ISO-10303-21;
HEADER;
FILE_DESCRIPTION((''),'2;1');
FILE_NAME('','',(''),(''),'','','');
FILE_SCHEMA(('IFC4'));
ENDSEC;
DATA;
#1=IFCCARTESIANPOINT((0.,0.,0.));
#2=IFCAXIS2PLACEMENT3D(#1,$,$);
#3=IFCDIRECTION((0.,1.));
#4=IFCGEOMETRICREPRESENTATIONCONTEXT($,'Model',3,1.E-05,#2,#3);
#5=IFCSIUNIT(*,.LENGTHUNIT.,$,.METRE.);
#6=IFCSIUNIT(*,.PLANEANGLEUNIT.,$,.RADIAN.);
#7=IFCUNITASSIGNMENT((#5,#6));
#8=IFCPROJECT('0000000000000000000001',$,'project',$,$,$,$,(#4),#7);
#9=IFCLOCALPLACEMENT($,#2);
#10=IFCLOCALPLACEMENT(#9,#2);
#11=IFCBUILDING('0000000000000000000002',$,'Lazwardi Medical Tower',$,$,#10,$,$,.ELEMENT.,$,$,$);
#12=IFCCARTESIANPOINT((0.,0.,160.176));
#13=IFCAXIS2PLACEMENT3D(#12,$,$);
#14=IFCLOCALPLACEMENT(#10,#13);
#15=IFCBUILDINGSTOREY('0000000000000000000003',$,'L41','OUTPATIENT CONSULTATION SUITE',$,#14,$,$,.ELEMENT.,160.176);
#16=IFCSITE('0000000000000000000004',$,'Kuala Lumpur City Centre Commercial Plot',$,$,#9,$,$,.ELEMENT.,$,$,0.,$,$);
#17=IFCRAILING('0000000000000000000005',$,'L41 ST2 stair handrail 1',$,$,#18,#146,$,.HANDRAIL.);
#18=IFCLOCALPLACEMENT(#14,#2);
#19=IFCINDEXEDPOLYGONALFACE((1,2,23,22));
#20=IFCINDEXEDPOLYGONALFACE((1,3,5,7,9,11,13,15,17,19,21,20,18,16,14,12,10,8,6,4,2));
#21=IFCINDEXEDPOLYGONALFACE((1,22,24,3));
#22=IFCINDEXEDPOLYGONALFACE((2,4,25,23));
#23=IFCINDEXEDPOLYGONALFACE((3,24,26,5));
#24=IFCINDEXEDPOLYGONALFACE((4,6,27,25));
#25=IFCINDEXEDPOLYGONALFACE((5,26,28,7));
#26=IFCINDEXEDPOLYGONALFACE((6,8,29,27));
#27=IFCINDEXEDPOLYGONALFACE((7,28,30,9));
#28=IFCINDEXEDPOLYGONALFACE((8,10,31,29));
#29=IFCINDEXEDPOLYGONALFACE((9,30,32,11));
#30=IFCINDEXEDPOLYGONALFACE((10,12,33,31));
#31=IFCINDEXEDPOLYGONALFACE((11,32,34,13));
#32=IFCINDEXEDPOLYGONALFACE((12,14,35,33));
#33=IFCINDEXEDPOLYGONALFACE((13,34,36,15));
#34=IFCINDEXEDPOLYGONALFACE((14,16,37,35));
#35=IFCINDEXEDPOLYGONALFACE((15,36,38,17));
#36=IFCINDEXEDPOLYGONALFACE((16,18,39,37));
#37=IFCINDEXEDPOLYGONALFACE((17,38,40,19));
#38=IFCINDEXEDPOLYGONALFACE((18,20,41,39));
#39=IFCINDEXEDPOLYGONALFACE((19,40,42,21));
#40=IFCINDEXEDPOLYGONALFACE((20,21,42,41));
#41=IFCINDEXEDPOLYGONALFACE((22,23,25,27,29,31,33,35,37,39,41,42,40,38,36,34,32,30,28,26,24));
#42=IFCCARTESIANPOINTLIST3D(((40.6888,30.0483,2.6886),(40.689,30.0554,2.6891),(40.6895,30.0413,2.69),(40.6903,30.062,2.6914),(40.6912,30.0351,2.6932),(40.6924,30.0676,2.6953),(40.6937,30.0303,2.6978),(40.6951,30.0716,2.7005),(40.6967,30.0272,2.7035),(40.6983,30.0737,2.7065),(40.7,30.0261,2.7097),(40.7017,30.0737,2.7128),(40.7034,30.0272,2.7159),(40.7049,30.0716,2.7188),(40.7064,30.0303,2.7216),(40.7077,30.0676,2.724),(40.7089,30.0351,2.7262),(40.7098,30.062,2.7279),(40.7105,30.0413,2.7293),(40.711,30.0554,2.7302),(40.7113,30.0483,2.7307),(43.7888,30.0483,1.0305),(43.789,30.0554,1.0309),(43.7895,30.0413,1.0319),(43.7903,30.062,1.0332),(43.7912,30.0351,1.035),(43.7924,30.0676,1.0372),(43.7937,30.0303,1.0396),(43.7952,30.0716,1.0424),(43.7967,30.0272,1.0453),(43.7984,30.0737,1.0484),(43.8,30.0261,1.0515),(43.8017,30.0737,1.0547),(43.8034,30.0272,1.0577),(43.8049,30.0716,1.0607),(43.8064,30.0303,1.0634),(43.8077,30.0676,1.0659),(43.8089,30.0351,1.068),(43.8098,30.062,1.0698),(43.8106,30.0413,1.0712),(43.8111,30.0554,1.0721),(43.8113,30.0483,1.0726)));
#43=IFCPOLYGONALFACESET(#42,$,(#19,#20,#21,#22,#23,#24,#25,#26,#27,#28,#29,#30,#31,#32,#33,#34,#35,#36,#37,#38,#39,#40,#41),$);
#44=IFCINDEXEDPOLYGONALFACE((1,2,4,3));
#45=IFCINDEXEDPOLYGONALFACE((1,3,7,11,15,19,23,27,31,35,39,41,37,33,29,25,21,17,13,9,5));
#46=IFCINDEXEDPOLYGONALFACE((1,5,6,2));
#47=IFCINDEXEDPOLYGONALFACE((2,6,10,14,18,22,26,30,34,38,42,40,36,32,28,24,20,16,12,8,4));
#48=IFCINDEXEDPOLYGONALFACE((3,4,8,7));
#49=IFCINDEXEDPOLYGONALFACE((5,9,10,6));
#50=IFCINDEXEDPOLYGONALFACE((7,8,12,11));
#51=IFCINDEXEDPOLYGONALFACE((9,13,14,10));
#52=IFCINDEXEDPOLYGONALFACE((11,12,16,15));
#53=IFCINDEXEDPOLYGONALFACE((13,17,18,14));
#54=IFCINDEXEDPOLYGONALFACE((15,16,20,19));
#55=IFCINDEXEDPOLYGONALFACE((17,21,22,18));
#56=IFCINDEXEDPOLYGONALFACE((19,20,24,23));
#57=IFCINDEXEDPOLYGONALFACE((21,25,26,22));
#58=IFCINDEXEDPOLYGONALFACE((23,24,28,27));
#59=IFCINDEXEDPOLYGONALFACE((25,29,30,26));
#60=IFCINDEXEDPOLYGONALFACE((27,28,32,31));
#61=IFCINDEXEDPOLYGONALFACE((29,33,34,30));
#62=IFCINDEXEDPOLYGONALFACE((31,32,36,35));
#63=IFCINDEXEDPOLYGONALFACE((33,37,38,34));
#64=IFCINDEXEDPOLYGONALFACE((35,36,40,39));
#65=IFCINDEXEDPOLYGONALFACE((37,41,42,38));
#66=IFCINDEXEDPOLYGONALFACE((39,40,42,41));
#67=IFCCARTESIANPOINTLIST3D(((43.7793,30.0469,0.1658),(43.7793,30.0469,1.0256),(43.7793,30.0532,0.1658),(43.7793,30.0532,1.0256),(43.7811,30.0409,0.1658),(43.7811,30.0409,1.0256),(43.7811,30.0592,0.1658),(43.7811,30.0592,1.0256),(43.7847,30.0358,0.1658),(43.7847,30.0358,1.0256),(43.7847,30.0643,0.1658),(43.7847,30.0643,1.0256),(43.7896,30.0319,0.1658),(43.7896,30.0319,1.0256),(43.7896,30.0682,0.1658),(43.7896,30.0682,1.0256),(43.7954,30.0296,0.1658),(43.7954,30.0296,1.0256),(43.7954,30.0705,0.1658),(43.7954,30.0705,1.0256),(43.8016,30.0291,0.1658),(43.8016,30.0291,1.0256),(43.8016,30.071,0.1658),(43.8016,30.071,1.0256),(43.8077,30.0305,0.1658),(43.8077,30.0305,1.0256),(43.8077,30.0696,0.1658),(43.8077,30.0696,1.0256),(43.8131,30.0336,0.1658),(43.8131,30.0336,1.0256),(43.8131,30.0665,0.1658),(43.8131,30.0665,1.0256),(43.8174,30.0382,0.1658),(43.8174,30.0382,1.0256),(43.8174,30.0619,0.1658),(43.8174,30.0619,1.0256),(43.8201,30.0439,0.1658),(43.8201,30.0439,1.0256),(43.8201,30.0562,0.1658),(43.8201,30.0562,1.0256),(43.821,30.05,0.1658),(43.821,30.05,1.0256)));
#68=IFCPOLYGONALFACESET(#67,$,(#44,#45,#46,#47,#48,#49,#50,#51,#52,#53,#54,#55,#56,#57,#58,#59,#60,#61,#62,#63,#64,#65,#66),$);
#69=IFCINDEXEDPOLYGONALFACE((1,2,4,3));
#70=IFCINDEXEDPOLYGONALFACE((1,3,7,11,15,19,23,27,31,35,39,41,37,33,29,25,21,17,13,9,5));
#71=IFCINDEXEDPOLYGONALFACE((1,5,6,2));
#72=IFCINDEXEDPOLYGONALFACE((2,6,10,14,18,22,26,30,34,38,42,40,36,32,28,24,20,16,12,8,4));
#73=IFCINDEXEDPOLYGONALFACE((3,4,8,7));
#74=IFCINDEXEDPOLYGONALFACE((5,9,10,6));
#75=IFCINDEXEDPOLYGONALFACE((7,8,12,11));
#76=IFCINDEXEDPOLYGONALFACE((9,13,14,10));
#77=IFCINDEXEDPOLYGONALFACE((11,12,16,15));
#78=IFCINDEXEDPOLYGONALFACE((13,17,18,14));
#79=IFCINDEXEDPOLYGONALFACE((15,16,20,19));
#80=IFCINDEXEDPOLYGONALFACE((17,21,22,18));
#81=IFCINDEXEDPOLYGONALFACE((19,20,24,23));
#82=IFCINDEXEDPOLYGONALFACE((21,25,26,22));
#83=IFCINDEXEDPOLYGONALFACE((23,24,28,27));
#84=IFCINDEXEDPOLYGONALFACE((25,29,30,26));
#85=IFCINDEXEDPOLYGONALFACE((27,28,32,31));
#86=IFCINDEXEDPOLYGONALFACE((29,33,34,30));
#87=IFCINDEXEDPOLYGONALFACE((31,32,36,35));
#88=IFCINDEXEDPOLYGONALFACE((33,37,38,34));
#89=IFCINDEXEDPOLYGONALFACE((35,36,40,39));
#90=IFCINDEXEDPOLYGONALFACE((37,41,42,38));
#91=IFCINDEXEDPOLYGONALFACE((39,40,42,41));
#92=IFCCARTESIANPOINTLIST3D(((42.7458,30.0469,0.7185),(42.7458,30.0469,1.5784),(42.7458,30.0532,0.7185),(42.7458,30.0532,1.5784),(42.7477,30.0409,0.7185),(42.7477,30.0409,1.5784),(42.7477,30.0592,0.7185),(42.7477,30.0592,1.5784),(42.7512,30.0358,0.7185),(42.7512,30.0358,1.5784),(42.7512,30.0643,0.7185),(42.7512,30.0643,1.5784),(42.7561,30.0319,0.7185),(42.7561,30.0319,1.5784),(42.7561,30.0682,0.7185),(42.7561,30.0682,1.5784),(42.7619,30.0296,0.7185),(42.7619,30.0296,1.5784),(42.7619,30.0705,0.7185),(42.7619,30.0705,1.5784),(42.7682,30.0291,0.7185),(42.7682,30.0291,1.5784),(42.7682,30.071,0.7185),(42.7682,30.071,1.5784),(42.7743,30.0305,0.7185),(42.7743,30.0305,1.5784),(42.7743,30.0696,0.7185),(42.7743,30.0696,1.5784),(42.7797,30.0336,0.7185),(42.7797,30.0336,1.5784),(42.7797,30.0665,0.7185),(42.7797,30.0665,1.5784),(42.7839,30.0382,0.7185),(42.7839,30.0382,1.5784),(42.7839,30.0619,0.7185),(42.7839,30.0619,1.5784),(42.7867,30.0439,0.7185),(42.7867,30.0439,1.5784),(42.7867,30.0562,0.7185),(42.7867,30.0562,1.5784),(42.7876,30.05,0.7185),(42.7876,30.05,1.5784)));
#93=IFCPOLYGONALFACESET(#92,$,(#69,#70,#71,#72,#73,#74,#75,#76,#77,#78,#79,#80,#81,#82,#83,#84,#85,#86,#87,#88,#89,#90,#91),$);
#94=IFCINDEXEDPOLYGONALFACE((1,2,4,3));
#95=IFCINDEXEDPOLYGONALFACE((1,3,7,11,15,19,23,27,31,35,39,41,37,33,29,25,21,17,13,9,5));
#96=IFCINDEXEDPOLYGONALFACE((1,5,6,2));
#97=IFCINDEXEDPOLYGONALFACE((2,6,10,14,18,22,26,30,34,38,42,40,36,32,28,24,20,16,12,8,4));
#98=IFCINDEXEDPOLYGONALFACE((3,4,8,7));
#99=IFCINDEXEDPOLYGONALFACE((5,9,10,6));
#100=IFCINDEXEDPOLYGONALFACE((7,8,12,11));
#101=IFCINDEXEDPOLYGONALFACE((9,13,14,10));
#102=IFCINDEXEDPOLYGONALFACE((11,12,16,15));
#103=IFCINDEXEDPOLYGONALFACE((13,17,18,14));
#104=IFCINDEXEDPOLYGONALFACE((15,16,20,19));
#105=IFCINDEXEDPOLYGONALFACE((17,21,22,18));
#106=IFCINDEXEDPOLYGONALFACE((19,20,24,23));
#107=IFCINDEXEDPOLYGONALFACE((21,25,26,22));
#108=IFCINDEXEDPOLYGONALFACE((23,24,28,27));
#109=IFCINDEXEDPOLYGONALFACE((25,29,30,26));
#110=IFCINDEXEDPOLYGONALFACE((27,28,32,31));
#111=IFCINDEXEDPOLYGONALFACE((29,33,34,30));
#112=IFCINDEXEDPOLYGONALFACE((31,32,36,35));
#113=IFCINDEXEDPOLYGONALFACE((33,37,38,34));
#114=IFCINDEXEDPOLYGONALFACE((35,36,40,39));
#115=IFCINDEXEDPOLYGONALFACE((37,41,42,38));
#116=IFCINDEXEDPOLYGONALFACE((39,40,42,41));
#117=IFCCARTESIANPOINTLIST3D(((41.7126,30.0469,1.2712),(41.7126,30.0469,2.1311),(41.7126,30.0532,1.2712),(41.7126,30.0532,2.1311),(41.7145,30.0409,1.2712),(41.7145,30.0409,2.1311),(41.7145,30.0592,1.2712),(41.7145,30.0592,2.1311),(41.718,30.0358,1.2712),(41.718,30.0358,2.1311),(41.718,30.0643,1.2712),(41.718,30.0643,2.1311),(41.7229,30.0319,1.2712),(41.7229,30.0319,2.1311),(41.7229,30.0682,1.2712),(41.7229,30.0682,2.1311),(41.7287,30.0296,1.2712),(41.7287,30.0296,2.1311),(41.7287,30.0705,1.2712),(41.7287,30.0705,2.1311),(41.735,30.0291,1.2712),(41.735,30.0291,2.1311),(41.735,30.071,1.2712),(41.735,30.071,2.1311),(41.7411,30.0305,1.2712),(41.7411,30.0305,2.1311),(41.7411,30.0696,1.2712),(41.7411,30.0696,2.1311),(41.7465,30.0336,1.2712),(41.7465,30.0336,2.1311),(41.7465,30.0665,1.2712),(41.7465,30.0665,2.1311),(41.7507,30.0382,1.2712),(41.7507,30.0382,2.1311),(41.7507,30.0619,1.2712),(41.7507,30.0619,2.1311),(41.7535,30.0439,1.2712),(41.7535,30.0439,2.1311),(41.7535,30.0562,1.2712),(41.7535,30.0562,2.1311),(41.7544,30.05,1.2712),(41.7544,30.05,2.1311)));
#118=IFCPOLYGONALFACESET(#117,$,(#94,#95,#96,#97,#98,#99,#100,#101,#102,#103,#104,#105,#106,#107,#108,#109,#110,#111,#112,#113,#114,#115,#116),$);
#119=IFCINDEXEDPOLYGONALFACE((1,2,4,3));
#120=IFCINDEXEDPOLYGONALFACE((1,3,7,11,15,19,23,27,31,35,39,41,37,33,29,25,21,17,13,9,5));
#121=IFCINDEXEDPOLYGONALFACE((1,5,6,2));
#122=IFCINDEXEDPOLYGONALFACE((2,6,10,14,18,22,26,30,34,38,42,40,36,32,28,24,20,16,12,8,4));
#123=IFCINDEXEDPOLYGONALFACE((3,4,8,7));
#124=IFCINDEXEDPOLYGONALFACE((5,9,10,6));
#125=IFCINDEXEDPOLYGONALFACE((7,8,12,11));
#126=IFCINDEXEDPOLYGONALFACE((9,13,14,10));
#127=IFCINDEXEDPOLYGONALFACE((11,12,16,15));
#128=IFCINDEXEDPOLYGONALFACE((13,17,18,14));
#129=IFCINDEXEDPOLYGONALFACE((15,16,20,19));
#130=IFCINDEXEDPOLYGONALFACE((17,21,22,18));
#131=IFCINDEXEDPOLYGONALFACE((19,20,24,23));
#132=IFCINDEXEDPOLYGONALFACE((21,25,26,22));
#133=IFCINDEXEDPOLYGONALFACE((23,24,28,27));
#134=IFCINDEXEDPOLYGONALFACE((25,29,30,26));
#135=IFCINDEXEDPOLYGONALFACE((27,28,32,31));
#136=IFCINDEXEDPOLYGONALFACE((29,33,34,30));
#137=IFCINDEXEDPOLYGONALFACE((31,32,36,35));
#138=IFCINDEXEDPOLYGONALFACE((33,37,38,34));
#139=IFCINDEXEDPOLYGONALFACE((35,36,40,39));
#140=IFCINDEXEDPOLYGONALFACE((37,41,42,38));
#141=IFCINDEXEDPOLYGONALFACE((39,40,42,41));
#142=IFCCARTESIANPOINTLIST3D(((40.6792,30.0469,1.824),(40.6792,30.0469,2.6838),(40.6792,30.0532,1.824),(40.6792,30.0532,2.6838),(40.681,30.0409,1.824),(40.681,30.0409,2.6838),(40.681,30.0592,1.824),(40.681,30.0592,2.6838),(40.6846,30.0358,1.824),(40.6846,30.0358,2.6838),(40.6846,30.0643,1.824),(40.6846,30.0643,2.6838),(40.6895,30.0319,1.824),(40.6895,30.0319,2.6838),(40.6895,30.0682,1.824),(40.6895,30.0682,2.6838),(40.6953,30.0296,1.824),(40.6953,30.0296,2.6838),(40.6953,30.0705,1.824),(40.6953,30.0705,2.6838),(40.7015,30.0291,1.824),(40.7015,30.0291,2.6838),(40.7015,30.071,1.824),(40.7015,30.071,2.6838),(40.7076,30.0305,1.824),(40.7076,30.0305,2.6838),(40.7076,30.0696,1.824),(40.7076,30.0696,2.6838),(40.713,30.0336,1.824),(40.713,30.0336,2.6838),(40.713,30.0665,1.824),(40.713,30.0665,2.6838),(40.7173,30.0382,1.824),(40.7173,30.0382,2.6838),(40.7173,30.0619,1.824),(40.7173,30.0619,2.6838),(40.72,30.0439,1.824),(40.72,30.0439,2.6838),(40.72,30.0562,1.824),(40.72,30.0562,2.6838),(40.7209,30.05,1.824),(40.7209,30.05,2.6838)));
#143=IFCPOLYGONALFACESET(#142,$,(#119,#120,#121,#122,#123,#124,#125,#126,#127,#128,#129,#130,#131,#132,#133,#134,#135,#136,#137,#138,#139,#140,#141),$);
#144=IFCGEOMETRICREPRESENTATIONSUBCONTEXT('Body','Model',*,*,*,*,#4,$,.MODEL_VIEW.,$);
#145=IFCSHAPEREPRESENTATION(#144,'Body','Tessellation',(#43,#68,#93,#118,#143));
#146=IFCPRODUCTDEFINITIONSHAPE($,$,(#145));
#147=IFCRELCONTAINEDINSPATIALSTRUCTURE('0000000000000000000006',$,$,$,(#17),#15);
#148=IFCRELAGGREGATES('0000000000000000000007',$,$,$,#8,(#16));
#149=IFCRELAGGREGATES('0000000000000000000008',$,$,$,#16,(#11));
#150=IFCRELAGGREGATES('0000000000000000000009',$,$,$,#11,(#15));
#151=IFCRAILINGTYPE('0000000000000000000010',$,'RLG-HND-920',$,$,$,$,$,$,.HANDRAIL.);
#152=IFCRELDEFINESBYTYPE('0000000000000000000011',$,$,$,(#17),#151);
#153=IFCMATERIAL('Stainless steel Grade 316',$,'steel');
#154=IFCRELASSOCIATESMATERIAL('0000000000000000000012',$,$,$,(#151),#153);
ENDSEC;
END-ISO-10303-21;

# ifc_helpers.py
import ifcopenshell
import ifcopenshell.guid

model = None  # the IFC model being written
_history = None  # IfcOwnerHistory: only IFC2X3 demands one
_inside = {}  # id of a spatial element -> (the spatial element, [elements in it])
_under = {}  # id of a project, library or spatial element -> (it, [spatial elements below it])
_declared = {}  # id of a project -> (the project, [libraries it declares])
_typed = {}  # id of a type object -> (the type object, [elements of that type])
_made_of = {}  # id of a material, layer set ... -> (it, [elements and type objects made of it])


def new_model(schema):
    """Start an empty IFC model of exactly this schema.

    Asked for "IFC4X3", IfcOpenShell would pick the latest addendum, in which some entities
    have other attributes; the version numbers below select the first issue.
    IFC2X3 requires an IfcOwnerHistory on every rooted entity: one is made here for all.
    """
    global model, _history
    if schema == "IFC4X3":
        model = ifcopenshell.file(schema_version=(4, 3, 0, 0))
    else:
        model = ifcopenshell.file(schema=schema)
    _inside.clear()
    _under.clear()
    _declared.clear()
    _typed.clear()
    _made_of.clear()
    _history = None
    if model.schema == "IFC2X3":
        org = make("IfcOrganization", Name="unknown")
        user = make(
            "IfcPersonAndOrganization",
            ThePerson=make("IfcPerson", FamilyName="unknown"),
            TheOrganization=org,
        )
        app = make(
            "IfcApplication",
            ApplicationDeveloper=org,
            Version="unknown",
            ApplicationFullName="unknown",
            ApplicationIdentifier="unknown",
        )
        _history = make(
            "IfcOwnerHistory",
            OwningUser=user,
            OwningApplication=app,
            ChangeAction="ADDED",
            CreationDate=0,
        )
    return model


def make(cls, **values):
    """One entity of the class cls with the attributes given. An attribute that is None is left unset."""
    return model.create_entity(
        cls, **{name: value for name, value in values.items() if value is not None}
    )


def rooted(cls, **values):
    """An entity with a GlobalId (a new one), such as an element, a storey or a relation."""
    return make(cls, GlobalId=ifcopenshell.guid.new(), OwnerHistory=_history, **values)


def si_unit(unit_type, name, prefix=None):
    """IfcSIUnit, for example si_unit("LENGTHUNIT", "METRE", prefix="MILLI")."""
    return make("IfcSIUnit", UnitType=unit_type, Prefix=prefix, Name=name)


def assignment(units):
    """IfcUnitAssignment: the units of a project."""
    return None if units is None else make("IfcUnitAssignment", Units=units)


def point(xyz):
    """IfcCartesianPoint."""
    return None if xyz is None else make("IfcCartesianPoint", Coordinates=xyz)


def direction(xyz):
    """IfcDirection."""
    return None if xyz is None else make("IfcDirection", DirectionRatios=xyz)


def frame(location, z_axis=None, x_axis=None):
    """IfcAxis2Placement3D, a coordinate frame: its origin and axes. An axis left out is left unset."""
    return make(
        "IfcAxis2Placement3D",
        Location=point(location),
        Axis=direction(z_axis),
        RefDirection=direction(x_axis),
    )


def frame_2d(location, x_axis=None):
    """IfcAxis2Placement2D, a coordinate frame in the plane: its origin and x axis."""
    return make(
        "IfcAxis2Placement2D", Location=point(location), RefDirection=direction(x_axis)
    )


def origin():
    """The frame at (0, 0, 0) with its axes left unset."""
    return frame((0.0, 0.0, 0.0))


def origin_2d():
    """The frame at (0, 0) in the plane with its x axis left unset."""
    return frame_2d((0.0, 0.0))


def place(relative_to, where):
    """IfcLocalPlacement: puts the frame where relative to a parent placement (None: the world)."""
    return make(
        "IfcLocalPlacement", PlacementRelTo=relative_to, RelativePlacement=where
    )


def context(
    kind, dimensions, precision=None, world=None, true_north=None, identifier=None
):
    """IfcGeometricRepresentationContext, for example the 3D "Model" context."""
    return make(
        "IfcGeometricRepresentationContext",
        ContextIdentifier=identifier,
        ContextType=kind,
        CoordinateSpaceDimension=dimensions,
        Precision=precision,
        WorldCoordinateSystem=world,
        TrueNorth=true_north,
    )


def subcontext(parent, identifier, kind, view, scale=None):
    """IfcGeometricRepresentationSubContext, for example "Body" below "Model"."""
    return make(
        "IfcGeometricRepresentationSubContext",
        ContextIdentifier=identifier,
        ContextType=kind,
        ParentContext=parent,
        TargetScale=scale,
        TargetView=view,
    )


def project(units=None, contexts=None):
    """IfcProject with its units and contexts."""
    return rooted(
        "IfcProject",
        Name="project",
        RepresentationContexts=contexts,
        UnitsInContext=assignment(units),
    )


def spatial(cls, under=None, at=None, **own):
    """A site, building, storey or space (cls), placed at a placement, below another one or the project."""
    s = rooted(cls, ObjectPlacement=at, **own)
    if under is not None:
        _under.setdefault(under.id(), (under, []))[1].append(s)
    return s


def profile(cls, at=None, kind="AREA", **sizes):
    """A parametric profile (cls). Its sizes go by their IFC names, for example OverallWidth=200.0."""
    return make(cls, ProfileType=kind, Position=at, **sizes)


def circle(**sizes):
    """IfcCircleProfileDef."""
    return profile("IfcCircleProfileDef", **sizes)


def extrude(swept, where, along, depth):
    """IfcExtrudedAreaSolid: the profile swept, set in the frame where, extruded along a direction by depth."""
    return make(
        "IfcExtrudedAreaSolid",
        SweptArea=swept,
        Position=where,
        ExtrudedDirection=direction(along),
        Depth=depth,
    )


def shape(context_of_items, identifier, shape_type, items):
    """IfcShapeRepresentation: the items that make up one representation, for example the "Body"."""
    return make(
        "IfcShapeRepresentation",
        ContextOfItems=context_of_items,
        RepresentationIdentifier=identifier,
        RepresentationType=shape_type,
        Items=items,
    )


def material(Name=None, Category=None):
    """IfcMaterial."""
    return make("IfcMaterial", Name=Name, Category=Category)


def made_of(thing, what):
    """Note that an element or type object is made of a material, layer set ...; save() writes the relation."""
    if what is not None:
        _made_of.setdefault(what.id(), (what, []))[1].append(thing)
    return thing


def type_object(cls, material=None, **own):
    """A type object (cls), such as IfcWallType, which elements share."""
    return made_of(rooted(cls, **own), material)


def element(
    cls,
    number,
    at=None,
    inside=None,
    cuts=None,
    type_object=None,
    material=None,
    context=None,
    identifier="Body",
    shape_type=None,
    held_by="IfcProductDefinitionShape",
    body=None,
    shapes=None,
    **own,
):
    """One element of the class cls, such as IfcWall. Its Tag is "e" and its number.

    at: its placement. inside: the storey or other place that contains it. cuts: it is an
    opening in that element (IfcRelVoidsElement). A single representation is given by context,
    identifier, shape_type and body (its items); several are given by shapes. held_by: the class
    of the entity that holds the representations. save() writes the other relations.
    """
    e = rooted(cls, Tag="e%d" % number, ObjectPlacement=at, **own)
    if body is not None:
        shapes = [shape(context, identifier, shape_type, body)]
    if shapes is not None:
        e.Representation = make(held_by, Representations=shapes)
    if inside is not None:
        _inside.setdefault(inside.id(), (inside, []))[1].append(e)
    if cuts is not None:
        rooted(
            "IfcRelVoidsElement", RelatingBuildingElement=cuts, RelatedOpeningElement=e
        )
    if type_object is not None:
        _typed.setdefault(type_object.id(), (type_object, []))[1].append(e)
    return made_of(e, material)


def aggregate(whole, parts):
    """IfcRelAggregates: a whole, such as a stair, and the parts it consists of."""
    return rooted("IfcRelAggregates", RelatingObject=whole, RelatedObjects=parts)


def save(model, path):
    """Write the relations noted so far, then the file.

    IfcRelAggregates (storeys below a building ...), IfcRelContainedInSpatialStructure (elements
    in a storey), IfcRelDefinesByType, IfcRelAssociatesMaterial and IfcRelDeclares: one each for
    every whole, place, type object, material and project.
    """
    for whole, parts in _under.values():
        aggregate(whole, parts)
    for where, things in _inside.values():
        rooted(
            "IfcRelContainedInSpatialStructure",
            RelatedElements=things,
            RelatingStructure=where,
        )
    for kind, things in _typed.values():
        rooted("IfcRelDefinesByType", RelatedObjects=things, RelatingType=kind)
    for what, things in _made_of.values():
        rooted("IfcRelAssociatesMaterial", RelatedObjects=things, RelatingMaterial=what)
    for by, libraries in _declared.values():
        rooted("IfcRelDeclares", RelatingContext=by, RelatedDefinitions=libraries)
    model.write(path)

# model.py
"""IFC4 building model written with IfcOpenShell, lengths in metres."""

from ifc_helpers import new_model, si_unit, direction, frame, origin, origin_2d, place, context, subcontext, project, spatial, circle, extrude, material, type_object, element, save


model = new_model("IFC4")

# Units and contexts
model_context = context("Model", 3, precision=1e-05, world=origin(), true_north=direction((0.0, 1.0)))
body_context = subcontext(model_context, "Body", "Model", "MODEL_VIEW")
ifc_project = project(units=[si_unit("LENGTHUNIT", "METRE"), si_unit("PLANEANGLEUNIT", "RADIAN")], contexts=[model_context])

# Site, building, storey
site_placement = place(None, origin())
site = spatial("IfcSite", under=ifc_project, at=site_placement, Name="Kuala Lumpur City Centre Commercial Plot", CompositionType="ELEMENT", RefElevation=0.0)
building_placement = place(site_placement, origin())
building = spatial("IfcBuilding", under=site, at=building_placement, Name="Lazwardi Medical Tower", CompositionType="ELEMENT")
storey_placement = place(building_placement, frame((0.0, 0.0, 160.176)))
storey = spatial("IfcBuildingStorey", under=building, at=storey_placement, Name="L41", Description="OUTPATIENT CONSULTATION SUITE", CompositionType="ELEMENT", Elevation=160.176)

# Railing
ifc_material_1 = material(Name="Stainless steel Grade 316", Category="steel")
railing_type_1 = type_object("IfcRailingType", Name="RLG-HND-920", PredefinedType="HANDRAIL", material=ifc_material_1)
railing_1_placement = place(storey_placement, frame((43.8, 30.05, 0.1658)))
element("IfcRailing", 1, at=railing_1_placement, inside=storey, type_object=railing_type_1, Name="L41 ST2 stair handrail 1", PredefinedType="HANDRAIL", context=body_context, shape_type="SweptSolid", body=[
    extrude(circle(Radius=0.0239, at=origin_2d()), frame((0.0, 0.0, 0.8857), z_axis=(-0.881783, 0.0, 0.471655), x_axis=(0.0, -1.0, 0.0)), (0.0, 0.0, 1.0), 3.5156),
    extrude(circle(Radius=0.021, at=origin_2d()), origin(), (0.0, 0.0, 1.0), 0.8599),
    extrude(circle(Radius=0.021, at=origin_2d()), frame((-1.0334, 0.0, 0.5527)), (0.0, 0.0, 1.0), 0.8599),
    extrude(circle(Radius=0.021, at=origin_2d()), frame((-2.0667, 0.0, 1.1055)), (0.0, 0.0, 1.0), 0.8599),
    extrude(circle(Radius=0.021, at=origin_2d()), frame((-3.1001, 0.0, 1.6582)), (0.0, 0.0, 1.0), 0.8599),
])

save(model, "model.ifc")
